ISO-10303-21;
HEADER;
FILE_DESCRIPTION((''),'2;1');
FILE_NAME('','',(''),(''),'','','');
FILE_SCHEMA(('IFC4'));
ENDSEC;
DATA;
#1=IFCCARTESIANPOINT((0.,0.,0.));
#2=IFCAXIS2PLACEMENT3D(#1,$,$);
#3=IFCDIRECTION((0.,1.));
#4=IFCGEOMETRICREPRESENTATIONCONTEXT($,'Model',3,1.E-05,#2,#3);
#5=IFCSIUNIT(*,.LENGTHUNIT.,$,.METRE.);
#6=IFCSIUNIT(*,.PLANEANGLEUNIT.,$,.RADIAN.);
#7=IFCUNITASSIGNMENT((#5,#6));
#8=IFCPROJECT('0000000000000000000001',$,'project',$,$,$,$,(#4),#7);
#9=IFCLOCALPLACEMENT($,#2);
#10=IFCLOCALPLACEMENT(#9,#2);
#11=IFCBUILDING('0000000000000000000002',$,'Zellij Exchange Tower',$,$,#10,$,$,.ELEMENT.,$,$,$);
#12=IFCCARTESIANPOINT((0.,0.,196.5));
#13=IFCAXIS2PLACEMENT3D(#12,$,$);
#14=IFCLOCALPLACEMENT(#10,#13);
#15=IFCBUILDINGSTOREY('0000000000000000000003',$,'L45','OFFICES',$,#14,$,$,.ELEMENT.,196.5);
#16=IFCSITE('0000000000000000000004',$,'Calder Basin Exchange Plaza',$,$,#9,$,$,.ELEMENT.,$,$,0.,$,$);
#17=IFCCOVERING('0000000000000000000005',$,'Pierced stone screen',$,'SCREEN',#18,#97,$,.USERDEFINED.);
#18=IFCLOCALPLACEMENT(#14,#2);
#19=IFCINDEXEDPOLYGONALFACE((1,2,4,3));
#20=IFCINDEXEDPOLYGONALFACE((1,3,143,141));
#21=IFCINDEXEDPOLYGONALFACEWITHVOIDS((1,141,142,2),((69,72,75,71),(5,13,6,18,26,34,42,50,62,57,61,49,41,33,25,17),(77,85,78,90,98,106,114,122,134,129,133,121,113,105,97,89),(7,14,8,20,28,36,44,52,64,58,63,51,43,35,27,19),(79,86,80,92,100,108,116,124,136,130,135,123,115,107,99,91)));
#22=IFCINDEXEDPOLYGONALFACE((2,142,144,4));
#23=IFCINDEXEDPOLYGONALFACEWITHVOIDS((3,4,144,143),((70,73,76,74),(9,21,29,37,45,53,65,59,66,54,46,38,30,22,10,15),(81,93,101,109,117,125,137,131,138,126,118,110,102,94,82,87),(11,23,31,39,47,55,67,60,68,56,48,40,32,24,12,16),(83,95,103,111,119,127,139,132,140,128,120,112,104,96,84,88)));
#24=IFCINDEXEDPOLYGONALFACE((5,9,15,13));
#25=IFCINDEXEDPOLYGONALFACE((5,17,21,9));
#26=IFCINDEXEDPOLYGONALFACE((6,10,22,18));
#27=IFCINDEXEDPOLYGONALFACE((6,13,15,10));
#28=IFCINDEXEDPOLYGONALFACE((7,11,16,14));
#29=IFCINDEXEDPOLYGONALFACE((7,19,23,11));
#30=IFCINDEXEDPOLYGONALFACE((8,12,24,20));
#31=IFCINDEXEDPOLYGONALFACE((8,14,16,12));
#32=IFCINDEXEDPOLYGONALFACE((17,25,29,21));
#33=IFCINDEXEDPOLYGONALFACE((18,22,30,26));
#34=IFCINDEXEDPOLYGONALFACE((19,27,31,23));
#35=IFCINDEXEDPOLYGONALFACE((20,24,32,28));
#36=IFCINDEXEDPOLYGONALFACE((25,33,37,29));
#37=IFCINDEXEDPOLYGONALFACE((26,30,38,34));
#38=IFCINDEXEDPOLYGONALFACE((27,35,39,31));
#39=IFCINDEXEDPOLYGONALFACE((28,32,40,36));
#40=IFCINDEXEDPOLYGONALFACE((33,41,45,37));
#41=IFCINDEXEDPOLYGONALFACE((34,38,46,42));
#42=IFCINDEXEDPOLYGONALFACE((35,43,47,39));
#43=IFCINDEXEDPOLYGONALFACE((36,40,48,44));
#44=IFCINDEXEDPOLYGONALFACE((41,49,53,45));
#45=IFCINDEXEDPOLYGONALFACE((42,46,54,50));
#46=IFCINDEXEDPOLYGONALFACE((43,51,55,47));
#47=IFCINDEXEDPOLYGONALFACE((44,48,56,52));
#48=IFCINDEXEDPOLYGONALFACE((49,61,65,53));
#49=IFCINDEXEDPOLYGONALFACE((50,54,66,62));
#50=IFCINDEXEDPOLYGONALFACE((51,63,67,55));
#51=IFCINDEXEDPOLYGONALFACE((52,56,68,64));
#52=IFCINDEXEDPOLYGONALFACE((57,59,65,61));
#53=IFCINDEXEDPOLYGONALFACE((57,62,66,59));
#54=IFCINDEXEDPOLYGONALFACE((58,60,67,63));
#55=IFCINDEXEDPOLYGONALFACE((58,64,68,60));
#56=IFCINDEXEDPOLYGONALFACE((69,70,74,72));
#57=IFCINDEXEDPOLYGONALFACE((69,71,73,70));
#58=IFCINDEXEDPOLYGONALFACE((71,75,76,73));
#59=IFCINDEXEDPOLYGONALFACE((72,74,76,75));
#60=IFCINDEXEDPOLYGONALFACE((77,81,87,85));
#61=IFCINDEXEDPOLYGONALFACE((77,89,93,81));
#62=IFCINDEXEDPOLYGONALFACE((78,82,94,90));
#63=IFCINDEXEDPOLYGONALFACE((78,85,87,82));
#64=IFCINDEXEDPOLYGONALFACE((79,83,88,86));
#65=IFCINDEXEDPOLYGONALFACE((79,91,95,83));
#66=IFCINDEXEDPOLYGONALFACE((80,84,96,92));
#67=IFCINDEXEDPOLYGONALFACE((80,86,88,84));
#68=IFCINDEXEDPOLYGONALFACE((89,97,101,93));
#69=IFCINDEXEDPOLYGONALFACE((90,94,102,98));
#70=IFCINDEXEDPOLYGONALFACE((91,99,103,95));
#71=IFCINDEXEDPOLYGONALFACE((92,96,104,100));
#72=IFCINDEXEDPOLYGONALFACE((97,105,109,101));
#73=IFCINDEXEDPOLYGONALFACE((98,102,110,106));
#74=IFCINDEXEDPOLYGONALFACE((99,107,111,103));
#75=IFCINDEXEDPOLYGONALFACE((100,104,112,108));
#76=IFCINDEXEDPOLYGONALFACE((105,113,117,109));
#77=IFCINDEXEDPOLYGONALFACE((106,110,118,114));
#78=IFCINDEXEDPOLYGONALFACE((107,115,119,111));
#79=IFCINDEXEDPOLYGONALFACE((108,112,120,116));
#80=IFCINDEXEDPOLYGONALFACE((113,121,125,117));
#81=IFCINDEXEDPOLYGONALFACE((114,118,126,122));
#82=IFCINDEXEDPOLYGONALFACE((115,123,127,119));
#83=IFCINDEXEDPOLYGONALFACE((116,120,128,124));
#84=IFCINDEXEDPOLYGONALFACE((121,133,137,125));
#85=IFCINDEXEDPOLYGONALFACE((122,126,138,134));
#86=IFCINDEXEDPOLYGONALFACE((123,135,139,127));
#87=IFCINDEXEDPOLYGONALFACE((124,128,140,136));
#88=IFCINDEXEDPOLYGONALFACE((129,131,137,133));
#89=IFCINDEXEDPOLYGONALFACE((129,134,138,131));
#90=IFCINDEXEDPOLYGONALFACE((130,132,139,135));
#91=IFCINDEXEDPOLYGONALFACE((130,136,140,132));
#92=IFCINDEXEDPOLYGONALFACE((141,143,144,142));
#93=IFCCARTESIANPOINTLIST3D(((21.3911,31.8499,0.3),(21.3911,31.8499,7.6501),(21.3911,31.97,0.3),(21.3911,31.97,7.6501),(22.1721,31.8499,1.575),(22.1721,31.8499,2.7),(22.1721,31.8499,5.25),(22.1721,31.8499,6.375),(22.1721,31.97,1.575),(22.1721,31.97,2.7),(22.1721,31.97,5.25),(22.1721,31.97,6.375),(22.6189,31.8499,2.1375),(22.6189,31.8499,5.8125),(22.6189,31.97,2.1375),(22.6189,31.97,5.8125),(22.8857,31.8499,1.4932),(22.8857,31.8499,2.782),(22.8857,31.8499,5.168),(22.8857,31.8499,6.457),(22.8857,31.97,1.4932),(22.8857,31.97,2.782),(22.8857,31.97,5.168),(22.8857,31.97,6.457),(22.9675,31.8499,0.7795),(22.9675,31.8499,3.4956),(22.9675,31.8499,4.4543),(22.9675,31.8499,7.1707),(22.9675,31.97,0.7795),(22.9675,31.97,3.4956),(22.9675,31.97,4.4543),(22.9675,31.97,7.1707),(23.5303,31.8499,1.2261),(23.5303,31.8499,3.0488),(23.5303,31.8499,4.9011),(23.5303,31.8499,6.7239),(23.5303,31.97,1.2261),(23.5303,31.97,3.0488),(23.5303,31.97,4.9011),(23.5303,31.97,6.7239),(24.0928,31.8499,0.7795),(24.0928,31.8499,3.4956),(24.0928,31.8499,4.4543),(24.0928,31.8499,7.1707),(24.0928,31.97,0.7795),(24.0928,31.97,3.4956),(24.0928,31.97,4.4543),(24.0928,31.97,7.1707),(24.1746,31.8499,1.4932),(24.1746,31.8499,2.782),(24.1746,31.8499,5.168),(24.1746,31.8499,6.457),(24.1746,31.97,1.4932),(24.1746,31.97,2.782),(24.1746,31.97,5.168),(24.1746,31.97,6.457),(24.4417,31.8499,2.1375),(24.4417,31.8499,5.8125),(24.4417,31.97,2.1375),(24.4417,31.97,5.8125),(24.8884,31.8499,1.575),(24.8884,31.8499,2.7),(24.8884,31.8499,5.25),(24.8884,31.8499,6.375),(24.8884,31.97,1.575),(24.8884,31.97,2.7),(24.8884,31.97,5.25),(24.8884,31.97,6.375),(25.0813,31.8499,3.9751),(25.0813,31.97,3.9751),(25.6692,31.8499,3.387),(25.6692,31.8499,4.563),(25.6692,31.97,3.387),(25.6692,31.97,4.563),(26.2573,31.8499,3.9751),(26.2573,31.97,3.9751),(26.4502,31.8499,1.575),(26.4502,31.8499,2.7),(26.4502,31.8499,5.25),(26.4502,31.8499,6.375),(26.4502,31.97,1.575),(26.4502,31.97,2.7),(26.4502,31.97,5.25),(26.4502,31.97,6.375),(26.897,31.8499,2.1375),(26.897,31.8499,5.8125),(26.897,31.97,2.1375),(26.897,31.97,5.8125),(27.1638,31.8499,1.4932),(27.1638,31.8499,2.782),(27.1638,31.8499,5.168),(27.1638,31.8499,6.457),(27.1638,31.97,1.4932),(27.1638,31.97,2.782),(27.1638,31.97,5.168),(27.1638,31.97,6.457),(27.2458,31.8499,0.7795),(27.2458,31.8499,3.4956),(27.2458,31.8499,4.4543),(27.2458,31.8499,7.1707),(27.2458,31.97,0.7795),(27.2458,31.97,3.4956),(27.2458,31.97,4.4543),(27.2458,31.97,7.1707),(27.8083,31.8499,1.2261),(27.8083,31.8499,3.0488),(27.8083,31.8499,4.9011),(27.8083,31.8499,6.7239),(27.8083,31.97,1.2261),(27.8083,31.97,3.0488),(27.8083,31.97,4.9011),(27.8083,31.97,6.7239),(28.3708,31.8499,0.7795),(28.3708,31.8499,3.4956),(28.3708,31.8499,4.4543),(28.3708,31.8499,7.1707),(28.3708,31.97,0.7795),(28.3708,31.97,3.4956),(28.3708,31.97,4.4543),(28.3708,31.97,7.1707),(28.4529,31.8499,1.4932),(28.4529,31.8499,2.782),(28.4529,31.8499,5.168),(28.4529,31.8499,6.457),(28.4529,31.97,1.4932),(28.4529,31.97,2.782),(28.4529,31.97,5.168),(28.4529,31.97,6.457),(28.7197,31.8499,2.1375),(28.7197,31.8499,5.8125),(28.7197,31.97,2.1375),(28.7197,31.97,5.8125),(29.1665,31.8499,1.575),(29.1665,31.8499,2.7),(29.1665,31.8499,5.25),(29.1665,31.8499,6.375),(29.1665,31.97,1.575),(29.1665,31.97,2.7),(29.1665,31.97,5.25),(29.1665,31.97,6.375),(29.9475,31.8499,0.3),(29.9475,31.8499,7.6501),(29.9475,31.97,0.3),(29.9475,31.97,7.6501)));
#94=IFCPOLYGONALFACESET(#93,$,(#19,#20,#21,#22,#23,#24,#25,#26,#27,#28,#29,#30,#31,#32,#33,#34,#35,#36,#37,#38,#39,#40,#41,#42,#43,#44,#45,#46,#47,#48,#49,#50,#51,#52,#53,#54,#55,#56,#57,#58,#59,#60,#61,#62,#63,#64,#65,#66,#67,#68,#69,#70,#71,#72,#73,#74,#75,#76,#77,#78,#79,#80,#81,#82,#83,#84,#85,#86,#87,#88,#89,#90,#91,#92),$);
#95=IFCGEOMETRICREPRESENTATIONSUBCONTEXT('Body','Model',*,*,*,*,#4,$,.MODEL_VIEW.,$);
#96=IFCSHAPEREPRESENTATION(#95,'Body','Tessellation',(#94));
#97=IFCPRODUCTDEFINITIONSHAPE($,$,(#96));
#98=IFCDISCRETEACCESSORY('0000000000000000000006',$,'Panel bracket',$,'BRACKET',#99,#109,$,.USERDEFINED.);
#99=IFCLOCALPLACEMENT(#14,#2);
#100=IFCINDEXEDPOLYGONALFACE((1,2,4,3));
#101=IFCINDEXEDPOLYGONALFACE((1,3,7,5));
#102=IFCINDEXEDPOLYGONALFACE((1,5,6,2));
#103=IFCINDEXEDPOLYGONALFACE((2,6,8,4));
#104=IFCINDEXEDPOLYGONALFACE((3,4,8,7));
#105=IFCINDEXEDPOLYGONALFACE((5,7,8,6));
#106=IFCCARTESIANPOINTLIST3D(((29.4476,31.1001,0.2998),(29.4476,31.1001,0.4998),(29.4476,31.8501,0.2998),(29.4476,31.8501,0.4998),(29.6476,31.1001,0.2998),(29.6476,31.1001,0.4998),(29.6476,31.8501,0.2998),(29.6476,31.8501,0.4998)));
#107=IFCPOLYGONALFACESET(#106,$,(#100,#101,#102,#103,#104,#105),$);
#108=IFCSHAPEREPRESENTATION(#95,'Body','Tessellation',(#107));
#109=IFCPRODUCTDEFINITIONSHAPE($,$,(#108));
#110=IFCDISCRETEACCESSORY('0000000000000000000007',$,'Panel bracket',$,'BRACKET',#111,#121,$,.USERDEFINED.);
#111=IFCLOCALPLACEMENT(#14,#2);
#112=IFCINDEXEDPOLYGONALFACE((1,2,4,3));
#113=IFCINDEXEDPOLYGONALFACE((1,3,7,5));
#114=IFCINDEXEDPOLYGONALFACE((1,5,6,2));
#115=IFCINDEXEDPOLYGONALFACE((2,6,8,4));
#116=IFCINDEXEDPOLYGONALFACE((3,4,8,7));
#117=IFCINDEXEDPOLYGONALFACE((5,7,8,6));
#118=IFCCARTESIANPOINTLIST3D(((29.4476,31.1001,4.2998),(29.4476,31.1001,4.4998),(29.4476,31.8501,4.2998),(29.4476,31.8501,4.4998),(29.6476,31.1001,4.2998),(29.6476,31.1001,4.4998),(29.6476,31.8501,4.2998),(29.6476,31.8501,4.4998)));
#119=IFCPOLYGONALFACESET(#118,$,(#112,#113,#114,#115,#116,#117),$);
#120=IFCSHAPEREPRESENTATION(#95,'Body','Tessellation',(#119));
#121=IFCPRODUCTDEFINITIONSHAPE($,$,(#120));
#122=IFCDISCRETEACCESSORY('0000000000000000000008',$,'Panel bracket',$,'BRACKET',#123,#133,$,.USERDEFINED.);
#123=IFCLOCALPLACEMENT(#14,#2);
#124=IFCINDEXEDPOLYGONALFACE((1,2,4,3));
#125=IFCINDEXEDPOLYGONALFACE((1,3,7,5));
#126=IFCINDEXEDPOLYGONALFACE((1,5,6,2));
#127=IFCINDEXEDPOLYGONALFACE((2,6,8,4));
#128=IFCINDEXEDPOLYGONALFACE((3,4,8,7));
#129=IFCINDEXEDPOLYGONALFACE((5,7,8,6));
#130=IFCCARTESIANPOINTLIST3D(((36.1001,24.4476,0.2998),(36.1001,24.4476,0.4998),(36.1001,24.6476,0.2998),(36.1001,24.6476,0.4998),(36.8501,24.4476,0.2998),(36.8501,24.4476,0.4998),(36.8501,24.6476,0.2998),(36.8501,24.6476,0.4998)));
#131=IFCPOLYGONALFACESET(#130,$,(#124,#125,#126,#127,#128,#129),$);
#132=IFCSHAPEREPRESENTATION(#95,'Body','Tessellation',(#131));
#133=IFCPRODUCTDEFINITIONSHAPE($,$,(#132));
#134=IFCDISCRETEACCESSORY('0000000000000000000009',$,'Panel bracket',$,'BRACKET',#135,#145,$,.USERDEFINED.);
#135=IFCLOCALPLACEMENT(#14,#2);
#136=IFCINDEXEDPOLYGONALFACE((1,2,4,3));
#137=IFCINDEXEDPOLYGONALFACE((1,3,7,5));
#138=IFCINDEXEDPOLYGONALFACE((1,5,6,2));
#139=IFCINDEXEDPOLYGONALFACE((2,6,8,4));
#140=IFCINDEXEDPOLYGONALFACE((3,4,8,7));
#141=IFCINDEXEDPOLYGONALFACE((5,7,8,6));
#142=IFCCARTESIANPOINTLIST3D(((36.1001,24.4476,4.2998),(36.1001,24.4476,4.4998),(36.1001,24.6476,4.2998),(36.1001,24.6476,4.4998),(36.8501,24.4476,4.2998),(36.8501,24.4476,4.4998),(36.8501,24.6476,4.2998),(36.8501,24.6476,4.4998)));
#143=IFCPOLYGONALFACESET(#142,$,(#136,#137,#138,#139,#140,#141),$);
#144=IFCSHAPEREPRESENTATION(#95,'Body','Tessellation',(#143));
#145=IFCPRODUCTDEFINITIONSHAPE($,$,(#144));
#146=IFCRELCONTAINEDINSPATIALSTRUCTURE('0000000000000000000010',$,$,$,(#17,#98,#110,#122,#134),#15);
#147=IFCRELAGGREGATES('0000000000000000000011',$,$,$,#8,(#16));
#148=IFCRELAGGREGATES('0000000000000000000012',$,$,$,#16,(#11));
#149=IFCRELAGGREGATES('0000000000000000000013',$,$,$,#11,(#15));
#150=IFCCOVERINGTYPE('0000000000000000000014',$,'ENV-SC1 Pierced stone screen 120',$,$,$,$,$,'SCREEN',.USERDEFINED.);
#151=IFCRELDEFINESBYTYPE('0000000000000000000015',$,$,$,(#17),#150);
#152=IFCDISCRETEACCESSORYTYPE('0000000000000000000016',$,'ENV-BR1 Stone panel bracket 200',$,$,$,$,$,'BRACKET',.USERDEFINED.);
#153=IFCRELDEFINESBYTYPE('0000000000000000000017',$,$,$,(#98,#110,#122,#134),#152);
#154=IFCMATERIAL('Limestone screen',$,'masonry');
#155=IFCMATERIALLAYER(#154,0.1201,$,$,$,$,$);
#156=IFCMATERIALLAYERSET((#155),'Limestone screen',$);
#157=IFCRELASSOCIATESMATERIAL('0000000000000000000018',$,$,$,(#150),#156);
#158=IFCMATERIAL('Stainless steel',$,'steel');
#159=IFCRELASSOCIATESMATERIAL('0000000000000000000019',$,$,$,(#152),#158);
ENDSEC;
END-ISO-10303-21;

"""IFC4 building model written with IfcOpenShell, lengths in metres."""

from ifc_helpers import new_model, si_unit, direction, frame, origin, origin_2d, place, context, subcontext, project, spatial, polyline, rectangle, outline, extrude, material, layer, layer_set, type_object, element, save


model = new_model("IFC4")

# Units and contexts
model_context = context("Model", 3, precision=1e-05, world=origin(), true_north=direction((0.0, 1.0)))
body_context = subcontext(model_context, "Body", "Model", "MODEL_VIEW")
ifc_project = project(units=[si_unit("LENGTHUNIT", "METRE"), si_unit("PLANEANGLEUNIT", "RADIAN")], contexts=[model_context])

# Site, building, storey
site_placement = place(None, origin())
site = spatial("IfcSite", under=ifc_project, at=site_placement, Name="Calder Basin Exchange Plaza", CompositionType="ELEMENT", RefElevation=0.0)
building_placement = place(site_placement, origin())
building = spatial("IfcBuilding", under=site, at=building_placement, Name="Zellij Exchange Tower", CompositionType="ELEMENT")
storey_placement = place(building_placement, frame((0.0, 0.0, 196.5)))
storey = spatial("IfcBuildingStorey", under=building, at=storey_placement, Name="L45", Description="OFFICES", CompositionType="ELEMENT", Elevation=196.5)

# Covering
ifc_material_1 = material(Name="Limestone screen", Category="masonry")
ifc_layer_1 = layer(ifc_material_1, 0.1201)
ifc_layer_set_1 = layer_set([ifc_layer_1], Name="Limestone screen")
covering_type = type_object("IfcCoveringType", Name="ENV-SC1 Pierced stone screen 120", ElementType="SCREEN", PredefinedType="USERDEFINED", material=ifc_layer_set_1)
covering_placement = place(storey_placement, frame((29.9475, 31.9099, 0.3), z_axis=(0.0, 0.0, 1.0), x_axis=(-1.0, 0.0, 0.0)))
element("IfcCovering", 1, at=covering_placement, inside=storey, type_object=covering_type, Name="Pierced stone screen", ObjectType="SCREEN", PredefinedType="USERDEFINED", context=body_context, shape_type="SweptSolid", body=[
    extrude(outline(polyline([(0.0, 0.0), (8.5564, 0.0), (8.5564, 7.3501), (0.0, 7.3501), (0.0, 0.0)]), holes=[polyline([(3.4973, 2.3999), (2.7837, 2.4819), (2.7017, 3.1956), (2.1392, 2.7488), (1.5767, 3.1956), (1.4946, 2.4819), (0.781, 2.3999), (1.2278, 1.8374), (0.781, 1.2749), (1.4946, 1.1931), (1.5767, 0.4795), (2.1392, 0.926), (2.7017, 0.4795), (2.7837, 1.1931), (3.4973, 1.2749), (3.0505, 1.8374), (3.4973, 2.3999)]), polyline([(3.4973, 6.075), (2.7837, 6.157), (2.7017, 6.8706), (2.1392, 6.4238), (1.5767, 6.8706), (1.4946, 6.157), (0.781, 6.075), (1.2278, 5.5125), (0.781, 4.95), (1.4946, 4.8679), (1.5767, 4.1543), (2.1392, 4.6011), (2.7017, 4.1543), (2.7837, 4.8679), (3.4973, 4.95), (3.0505, 5.5125), (3.4973, 6.075)]), polyline([(7.7754, 2.3999), (7.0618, 2.4819), (6.98, 3.1956), (6.4172, 2.7488), (5.8547, 3.1956), (5.7729, 2.4819), (5.0591, 2.3999), (5.5059, 1.8374), (5.0591, 1.2749), (5.7729, 1.1931), (5.8547, 0.4795), (6.4172, 0.926), (6.98, 0.4795), (7.0618, 1.1931), (7.7754, 1.2749), (7.3286, 1.8374), (7.7754, 2.3999)]), polyline([(7.7754, 6.075), (7.0618, 6.157), (6.98, 6.8706), (6.4172, 6.4238), (5.8547, 6.8706), (5.7729, 6.157), (5.0591, 6.075), (5.5059, 5.5125), (5.0591, 4.95), (5.7729, 4.8679), (5.8547, 4.1543), (6.4172, 4.6011), (6.98, 4.1543), (7.0618, 4.8679), (7.7754, 4.95), (7.3286, 5.5125), (7.7754, 6.075)]), polyline([(4.8662, 3.675), (4.2783, 4.2629), (3.6902, 3.675), (4.2783, 3.0869), (4.8662, 3.675)])]), frame((0.0, 0.0601, 0.0), z_axis=(0.0, -1.0, 0.0), x_axis=(1.0, 0.0, 0.0)), (0.0, 0.0, 1.0), 0.1201),
])

# Discrete accessories
ifc_material_2 = material(Name="Stainless steel", Category="steel")
discrete_accessory_type = type_object("IfcDiscreteAccessoryType", Name="ENV-BR1 Stone panel bracket 200", ElementType="BRACKET", PredefinedType="USERDEFINED", material=ifc_material_2)
for number, where, z_axis, x_axis, name in (
    (2, (29.5476, 31.4751, 0.2998), (0.0, 0.0, 1.0), (-1.0, 0.0, 0.0), "Panel bracket"),
    (3, (29.5476, 31.4751, 4.2998), (0.0, 0.0, 1.0), (-1.0, 0.0, 0.0), "Panel bracket"),
    (4, (36.4751, 24.5476, 0.2998), (0.0, 0.0, 1.0), (0.0, 1.0, 0.0), "Panel bracket"),
    (5, (36.4751, 24.5476, 4.2998), (0.0, 0.0, 1.0), (0.0, 1.0, 0.0), "Panel bracket"),
):
    element("IfcDiscreteAccessory", number, at=place(storey_placement, frame(where, z_axis=z_axis, x_axis=x_axis)), inside=storey, type_object=discrete_accessory_type, Name=name, ObjectType="BRACKET", PredefinedType="USERDEFINED", context=body_context, shape_type="SweptSolid", body=[
        extrude(rectangle(XDim=0.2, YDim=0.75, at=origin_2d()), origin(), (0.0, 0.0, 1.0), 0.2),
    ])

save(model, "model.ifc")
